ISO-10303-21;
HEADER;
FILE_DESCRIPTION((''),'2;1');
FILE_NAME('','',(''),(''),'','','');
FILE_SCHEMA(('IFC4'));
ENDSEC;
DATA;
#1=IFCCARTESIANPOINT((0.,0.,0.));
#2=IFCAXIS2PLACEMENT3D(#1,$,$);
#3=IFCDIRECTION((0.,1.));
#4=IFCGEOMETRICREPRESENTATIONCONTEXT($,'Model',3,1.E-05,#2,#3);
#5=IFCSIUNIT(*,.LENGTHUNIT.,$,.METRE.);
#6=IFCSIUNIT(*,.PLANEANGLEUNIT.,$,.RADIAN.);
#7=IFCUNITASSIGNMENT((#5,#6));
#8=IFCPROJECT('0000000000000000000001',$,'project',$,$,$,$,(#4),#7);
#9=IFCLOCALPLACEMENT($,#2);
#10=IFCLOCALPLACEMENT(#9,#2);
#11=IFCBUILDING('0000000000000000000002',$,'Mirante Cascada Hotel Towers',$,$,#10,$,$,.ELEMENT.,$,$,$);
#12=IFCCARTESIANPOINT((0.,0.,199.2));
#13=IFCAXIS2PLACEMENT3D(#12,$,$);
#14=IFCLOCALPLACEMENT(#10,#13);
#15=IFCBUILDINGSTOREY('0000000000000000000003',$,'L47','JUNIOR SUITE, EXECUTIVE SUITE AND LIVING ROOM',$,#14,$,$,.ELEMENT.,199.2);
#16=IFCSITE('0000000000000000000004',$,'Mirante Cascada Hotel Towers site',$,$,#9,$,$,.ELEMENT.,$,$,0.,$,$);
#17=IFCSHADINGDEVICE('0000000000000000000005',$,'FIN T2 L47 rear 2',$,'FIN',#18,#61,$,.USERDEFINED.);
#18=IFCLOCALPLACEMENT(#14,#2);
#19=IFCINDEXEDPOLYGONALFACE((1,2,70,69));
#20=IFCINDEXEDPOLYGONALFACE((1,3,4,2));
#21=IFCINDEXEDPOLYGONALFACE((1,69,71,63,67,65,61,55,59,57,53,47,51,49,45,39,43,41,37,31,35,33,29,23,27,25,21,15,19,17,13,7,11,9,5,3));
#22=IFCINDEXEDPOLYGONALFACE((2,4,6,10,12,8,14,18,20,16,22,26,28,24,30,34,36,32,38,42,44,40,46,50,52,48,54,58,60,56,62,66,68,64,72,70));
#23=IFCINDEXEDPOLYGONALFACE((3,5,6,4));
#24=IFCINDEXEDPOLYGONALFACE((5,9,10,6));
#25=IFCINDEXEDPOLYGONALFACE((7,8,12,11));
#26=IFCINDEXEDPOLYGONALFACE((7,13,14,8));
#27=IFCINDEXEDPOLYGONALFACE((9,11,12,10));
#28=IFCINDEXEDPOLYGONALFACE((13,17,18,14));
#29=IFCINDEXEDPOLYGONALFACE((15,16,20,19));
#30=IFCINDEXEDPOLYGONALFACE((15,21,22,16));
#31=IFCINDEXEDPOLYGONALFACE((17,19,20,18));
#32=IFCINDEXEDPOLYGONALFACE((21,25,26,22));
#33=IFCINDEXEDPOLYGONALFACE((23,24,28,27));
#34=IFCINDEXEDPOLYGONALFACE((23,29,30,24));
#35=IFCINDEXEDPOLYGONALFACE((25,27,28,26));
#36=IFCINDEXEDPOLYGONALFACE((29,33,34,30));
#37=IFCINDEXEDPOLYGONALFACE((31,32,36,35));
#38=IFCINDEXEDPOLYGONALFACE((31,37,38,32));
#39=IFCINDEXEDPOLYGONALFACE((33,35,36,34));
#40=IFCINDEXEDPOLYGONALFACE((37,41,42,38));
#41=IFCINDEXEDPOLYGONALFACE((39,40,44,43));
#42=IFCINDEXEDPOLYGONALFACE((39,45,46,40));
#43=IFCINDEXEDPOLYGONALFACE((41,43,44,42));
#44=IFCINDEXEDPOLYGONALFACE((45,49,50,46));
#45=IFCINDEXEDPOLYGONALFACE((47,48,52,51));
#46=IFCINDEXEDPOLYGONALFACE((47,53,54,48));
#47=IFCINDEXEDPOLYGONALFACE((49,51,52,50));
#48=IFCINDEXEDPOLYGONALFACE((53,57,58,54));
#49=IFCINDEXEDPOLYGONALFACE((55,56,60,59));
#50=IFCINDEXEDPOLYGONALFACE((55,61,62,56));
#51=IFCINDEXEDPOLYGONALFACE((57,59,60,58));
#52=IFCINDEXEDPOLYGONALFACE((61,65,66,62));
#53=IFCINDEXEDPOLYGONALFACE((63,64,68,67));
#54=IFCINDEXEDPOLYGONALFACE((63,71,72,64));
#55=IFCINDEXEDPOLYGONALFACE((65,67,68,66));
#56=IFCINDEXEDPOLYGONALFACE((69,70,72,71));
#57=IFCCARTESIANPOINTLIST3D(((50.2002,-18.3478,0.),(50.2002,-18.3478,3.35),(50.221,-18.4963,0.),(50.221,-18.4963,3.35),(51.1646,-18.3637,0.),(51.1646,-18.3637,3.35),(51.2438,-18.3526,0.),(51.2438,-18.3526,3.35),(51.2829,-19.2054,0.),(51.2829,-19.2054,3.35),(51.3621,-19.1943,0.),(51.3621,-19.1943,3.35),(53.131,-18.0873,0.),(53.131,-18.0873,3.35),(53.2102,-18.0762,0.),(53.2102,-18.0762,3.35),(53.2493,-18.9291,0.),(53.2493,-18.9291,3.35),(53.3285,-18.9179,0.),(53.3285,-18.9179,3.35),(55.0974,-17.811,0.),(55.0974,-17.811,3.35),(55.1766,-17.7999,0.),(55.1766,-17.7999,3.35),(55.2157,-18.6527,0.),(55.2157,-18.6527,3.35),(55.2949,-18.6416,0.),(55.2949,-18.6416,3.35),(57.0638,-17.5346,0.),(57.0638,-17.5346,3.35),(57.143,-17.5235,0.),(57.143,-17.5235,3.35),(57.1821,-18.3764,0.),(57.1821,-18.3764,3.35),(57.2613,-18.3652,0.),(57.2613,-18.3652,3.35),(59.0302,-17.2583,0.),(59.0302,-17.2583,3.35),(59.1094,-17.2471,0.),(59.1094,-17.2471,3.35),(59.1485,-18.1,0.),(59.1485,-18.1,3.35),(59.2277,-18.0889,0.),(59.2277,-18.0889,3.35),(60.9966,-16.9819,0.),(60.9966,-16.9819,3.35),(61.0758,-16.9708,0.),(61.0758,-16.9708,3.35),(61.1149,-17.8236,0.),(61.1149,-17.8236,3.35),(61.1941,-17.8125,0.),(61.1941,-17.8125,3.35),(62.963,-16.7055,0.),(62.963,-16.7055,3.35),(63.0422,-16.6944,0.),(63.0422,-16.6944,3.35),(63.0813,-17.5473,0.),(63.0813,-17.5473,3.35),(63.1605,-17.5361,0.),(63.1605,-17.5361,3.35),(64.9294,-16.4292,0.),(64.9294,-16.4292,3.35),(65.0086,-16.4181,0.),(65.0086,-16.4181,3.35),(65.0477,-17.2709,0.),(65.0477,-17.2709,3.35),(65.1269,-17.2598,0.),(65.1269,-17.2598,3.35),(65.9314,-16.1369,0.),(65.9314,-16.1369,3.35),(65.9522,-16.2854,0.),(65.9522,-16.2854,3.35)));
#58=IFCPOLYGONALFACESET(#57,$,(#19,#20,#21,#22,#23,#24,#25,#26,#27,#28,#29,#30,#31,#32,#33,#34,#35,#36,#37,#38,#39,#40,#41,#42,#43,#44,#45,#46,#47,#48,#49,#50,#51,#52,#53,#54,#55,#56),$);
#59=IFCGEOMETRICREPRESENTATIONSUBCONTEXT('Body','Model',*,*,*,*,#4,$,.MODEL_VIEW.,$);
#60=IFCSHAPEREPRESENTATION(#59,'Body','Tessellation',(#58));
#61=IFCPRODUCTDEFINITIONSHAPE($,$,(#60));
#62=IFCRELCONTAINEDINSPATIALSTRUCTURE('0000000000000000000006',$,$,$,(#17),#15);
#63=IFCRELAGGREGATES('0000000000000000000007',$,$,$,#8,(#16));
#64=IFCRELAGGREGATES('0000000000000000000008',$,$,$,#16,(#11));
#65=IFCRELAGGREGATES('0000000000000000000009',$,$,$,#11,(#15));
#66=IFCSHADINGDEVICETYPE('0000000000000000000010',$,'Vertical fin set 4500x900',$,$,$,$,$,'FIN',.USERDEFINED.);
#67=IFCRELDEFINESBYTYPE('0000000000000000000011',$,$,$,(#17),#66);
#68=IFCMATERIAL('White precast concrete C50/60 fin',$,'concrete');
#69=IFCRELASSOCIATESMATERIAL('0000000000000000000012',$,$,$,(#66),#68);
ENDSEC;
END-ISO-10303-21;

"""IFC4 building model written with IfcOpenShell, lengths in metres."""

from ifc_helpers import new_model, si_unit, direction, frame, origin, place, context, subcontext, project, spatial, polyline, outline, extrude, material, type_object, element, save


model = new_model("IFC4")

# Units and contexts
model_context = context("Model", 3, precision=1e-05, world=origin(), true_north=direction((0.0, 1.0)))
body_context = subcontext(model_context, "Body", "Model", "MODEL_VIEW")
ifc_project = project(units=[si_unit("LENGTHUNIT", "METRE"), si_unit("PLANEANGLEUNIT", "RADIAN")], contexts=[model_context])

# Site, building, storey
site_placement = place(None, origin())
site = spatial("IfcSite", under=ifc_project, at=site_placement, Name="Mirante Cascada Hotel Towers site", CompositionType="ELEMENT", RefElevation=0.0)
building_placement = place(site_placement, origin())
building = spatial("IfcBuilding", under=site, at=building_placement, Name="Mirante Cascada Hotel Towers", CompositionType="ELEMENT")
storey_placement = place(building_placement, frame((0.0, 0.0, 199.2)))
storey = spatial("IfcBuildingStorey", under=building, at=storey_placement, Name="L47", Description="JUNIOR SUITE, EXECUTIVE SUITE AND LIVING ROOM", CompositionType="ELEMENT", Elevation=199.2)

# Shading device
ifc_material_1 = material(Name="White precast concrete C50/60 fin", Category="concrete")
shading_device_type = type_object("IfcShadingDeviceType", Name="Vertical fin set 4500x900", ElementType="FIN", PredefinedType="USERDEFINED", material=ifc_material_1)
shading_device_1_placement = place(storey_placement, origin())
element("IfcShadingDevice", 1, at=shading_device_1_placement, inside=storey, type_object=shading_device_type, Name="FIN T2 L47 rear 2", ObjectType="FIN", PredefinedType="USERDEFINED", context=body_context, shape_type="SweptSolid", body=[
    extrude(outline(polyline([(51.2829, -19.2054), (51.1646, -18.3637), (50.221, -18.4963), (50.2002, -18.3478), (65.9314, -16.1369), (65.9522, -16.2854), (65.0086, -16.4181), (65.1269, -17.2598), (65.0477, -17.2709), (64.9294, -16.4292), (63.0422, -16.6944), (63.1605, -17.5361), (63.0813, -17.5473), (62.963, -16.7055), (61.0758, -16.9708), (61.1941, -17.8125), (61.1149, -17.8236), (60.9966, -16.9819), (59.1094, -17.2471), (59.2277, -18.0889), (59.1485, -18.1), (59.0302, -17.2583), (57.143, -17.5235), (57.2613, -18.3652), (57.1821, -18.3764), (57.0638, -17.5346), (55.1766, -17.7999), (55.2949, -18.6416), (55.2157, -18.6527), (55.0974, -17.811), (53.2102, -18.0762), (53.3285, -18.9179), (53.2493, -18.9291), (53.131, -18.0873), (51.2438, -18.3526), (51.3621, -19.1943), (51.2829, -19.2054)])), origin(), (0.0, 0.0, 1.0), 3.35),
])

save(model, "model.ifc")
